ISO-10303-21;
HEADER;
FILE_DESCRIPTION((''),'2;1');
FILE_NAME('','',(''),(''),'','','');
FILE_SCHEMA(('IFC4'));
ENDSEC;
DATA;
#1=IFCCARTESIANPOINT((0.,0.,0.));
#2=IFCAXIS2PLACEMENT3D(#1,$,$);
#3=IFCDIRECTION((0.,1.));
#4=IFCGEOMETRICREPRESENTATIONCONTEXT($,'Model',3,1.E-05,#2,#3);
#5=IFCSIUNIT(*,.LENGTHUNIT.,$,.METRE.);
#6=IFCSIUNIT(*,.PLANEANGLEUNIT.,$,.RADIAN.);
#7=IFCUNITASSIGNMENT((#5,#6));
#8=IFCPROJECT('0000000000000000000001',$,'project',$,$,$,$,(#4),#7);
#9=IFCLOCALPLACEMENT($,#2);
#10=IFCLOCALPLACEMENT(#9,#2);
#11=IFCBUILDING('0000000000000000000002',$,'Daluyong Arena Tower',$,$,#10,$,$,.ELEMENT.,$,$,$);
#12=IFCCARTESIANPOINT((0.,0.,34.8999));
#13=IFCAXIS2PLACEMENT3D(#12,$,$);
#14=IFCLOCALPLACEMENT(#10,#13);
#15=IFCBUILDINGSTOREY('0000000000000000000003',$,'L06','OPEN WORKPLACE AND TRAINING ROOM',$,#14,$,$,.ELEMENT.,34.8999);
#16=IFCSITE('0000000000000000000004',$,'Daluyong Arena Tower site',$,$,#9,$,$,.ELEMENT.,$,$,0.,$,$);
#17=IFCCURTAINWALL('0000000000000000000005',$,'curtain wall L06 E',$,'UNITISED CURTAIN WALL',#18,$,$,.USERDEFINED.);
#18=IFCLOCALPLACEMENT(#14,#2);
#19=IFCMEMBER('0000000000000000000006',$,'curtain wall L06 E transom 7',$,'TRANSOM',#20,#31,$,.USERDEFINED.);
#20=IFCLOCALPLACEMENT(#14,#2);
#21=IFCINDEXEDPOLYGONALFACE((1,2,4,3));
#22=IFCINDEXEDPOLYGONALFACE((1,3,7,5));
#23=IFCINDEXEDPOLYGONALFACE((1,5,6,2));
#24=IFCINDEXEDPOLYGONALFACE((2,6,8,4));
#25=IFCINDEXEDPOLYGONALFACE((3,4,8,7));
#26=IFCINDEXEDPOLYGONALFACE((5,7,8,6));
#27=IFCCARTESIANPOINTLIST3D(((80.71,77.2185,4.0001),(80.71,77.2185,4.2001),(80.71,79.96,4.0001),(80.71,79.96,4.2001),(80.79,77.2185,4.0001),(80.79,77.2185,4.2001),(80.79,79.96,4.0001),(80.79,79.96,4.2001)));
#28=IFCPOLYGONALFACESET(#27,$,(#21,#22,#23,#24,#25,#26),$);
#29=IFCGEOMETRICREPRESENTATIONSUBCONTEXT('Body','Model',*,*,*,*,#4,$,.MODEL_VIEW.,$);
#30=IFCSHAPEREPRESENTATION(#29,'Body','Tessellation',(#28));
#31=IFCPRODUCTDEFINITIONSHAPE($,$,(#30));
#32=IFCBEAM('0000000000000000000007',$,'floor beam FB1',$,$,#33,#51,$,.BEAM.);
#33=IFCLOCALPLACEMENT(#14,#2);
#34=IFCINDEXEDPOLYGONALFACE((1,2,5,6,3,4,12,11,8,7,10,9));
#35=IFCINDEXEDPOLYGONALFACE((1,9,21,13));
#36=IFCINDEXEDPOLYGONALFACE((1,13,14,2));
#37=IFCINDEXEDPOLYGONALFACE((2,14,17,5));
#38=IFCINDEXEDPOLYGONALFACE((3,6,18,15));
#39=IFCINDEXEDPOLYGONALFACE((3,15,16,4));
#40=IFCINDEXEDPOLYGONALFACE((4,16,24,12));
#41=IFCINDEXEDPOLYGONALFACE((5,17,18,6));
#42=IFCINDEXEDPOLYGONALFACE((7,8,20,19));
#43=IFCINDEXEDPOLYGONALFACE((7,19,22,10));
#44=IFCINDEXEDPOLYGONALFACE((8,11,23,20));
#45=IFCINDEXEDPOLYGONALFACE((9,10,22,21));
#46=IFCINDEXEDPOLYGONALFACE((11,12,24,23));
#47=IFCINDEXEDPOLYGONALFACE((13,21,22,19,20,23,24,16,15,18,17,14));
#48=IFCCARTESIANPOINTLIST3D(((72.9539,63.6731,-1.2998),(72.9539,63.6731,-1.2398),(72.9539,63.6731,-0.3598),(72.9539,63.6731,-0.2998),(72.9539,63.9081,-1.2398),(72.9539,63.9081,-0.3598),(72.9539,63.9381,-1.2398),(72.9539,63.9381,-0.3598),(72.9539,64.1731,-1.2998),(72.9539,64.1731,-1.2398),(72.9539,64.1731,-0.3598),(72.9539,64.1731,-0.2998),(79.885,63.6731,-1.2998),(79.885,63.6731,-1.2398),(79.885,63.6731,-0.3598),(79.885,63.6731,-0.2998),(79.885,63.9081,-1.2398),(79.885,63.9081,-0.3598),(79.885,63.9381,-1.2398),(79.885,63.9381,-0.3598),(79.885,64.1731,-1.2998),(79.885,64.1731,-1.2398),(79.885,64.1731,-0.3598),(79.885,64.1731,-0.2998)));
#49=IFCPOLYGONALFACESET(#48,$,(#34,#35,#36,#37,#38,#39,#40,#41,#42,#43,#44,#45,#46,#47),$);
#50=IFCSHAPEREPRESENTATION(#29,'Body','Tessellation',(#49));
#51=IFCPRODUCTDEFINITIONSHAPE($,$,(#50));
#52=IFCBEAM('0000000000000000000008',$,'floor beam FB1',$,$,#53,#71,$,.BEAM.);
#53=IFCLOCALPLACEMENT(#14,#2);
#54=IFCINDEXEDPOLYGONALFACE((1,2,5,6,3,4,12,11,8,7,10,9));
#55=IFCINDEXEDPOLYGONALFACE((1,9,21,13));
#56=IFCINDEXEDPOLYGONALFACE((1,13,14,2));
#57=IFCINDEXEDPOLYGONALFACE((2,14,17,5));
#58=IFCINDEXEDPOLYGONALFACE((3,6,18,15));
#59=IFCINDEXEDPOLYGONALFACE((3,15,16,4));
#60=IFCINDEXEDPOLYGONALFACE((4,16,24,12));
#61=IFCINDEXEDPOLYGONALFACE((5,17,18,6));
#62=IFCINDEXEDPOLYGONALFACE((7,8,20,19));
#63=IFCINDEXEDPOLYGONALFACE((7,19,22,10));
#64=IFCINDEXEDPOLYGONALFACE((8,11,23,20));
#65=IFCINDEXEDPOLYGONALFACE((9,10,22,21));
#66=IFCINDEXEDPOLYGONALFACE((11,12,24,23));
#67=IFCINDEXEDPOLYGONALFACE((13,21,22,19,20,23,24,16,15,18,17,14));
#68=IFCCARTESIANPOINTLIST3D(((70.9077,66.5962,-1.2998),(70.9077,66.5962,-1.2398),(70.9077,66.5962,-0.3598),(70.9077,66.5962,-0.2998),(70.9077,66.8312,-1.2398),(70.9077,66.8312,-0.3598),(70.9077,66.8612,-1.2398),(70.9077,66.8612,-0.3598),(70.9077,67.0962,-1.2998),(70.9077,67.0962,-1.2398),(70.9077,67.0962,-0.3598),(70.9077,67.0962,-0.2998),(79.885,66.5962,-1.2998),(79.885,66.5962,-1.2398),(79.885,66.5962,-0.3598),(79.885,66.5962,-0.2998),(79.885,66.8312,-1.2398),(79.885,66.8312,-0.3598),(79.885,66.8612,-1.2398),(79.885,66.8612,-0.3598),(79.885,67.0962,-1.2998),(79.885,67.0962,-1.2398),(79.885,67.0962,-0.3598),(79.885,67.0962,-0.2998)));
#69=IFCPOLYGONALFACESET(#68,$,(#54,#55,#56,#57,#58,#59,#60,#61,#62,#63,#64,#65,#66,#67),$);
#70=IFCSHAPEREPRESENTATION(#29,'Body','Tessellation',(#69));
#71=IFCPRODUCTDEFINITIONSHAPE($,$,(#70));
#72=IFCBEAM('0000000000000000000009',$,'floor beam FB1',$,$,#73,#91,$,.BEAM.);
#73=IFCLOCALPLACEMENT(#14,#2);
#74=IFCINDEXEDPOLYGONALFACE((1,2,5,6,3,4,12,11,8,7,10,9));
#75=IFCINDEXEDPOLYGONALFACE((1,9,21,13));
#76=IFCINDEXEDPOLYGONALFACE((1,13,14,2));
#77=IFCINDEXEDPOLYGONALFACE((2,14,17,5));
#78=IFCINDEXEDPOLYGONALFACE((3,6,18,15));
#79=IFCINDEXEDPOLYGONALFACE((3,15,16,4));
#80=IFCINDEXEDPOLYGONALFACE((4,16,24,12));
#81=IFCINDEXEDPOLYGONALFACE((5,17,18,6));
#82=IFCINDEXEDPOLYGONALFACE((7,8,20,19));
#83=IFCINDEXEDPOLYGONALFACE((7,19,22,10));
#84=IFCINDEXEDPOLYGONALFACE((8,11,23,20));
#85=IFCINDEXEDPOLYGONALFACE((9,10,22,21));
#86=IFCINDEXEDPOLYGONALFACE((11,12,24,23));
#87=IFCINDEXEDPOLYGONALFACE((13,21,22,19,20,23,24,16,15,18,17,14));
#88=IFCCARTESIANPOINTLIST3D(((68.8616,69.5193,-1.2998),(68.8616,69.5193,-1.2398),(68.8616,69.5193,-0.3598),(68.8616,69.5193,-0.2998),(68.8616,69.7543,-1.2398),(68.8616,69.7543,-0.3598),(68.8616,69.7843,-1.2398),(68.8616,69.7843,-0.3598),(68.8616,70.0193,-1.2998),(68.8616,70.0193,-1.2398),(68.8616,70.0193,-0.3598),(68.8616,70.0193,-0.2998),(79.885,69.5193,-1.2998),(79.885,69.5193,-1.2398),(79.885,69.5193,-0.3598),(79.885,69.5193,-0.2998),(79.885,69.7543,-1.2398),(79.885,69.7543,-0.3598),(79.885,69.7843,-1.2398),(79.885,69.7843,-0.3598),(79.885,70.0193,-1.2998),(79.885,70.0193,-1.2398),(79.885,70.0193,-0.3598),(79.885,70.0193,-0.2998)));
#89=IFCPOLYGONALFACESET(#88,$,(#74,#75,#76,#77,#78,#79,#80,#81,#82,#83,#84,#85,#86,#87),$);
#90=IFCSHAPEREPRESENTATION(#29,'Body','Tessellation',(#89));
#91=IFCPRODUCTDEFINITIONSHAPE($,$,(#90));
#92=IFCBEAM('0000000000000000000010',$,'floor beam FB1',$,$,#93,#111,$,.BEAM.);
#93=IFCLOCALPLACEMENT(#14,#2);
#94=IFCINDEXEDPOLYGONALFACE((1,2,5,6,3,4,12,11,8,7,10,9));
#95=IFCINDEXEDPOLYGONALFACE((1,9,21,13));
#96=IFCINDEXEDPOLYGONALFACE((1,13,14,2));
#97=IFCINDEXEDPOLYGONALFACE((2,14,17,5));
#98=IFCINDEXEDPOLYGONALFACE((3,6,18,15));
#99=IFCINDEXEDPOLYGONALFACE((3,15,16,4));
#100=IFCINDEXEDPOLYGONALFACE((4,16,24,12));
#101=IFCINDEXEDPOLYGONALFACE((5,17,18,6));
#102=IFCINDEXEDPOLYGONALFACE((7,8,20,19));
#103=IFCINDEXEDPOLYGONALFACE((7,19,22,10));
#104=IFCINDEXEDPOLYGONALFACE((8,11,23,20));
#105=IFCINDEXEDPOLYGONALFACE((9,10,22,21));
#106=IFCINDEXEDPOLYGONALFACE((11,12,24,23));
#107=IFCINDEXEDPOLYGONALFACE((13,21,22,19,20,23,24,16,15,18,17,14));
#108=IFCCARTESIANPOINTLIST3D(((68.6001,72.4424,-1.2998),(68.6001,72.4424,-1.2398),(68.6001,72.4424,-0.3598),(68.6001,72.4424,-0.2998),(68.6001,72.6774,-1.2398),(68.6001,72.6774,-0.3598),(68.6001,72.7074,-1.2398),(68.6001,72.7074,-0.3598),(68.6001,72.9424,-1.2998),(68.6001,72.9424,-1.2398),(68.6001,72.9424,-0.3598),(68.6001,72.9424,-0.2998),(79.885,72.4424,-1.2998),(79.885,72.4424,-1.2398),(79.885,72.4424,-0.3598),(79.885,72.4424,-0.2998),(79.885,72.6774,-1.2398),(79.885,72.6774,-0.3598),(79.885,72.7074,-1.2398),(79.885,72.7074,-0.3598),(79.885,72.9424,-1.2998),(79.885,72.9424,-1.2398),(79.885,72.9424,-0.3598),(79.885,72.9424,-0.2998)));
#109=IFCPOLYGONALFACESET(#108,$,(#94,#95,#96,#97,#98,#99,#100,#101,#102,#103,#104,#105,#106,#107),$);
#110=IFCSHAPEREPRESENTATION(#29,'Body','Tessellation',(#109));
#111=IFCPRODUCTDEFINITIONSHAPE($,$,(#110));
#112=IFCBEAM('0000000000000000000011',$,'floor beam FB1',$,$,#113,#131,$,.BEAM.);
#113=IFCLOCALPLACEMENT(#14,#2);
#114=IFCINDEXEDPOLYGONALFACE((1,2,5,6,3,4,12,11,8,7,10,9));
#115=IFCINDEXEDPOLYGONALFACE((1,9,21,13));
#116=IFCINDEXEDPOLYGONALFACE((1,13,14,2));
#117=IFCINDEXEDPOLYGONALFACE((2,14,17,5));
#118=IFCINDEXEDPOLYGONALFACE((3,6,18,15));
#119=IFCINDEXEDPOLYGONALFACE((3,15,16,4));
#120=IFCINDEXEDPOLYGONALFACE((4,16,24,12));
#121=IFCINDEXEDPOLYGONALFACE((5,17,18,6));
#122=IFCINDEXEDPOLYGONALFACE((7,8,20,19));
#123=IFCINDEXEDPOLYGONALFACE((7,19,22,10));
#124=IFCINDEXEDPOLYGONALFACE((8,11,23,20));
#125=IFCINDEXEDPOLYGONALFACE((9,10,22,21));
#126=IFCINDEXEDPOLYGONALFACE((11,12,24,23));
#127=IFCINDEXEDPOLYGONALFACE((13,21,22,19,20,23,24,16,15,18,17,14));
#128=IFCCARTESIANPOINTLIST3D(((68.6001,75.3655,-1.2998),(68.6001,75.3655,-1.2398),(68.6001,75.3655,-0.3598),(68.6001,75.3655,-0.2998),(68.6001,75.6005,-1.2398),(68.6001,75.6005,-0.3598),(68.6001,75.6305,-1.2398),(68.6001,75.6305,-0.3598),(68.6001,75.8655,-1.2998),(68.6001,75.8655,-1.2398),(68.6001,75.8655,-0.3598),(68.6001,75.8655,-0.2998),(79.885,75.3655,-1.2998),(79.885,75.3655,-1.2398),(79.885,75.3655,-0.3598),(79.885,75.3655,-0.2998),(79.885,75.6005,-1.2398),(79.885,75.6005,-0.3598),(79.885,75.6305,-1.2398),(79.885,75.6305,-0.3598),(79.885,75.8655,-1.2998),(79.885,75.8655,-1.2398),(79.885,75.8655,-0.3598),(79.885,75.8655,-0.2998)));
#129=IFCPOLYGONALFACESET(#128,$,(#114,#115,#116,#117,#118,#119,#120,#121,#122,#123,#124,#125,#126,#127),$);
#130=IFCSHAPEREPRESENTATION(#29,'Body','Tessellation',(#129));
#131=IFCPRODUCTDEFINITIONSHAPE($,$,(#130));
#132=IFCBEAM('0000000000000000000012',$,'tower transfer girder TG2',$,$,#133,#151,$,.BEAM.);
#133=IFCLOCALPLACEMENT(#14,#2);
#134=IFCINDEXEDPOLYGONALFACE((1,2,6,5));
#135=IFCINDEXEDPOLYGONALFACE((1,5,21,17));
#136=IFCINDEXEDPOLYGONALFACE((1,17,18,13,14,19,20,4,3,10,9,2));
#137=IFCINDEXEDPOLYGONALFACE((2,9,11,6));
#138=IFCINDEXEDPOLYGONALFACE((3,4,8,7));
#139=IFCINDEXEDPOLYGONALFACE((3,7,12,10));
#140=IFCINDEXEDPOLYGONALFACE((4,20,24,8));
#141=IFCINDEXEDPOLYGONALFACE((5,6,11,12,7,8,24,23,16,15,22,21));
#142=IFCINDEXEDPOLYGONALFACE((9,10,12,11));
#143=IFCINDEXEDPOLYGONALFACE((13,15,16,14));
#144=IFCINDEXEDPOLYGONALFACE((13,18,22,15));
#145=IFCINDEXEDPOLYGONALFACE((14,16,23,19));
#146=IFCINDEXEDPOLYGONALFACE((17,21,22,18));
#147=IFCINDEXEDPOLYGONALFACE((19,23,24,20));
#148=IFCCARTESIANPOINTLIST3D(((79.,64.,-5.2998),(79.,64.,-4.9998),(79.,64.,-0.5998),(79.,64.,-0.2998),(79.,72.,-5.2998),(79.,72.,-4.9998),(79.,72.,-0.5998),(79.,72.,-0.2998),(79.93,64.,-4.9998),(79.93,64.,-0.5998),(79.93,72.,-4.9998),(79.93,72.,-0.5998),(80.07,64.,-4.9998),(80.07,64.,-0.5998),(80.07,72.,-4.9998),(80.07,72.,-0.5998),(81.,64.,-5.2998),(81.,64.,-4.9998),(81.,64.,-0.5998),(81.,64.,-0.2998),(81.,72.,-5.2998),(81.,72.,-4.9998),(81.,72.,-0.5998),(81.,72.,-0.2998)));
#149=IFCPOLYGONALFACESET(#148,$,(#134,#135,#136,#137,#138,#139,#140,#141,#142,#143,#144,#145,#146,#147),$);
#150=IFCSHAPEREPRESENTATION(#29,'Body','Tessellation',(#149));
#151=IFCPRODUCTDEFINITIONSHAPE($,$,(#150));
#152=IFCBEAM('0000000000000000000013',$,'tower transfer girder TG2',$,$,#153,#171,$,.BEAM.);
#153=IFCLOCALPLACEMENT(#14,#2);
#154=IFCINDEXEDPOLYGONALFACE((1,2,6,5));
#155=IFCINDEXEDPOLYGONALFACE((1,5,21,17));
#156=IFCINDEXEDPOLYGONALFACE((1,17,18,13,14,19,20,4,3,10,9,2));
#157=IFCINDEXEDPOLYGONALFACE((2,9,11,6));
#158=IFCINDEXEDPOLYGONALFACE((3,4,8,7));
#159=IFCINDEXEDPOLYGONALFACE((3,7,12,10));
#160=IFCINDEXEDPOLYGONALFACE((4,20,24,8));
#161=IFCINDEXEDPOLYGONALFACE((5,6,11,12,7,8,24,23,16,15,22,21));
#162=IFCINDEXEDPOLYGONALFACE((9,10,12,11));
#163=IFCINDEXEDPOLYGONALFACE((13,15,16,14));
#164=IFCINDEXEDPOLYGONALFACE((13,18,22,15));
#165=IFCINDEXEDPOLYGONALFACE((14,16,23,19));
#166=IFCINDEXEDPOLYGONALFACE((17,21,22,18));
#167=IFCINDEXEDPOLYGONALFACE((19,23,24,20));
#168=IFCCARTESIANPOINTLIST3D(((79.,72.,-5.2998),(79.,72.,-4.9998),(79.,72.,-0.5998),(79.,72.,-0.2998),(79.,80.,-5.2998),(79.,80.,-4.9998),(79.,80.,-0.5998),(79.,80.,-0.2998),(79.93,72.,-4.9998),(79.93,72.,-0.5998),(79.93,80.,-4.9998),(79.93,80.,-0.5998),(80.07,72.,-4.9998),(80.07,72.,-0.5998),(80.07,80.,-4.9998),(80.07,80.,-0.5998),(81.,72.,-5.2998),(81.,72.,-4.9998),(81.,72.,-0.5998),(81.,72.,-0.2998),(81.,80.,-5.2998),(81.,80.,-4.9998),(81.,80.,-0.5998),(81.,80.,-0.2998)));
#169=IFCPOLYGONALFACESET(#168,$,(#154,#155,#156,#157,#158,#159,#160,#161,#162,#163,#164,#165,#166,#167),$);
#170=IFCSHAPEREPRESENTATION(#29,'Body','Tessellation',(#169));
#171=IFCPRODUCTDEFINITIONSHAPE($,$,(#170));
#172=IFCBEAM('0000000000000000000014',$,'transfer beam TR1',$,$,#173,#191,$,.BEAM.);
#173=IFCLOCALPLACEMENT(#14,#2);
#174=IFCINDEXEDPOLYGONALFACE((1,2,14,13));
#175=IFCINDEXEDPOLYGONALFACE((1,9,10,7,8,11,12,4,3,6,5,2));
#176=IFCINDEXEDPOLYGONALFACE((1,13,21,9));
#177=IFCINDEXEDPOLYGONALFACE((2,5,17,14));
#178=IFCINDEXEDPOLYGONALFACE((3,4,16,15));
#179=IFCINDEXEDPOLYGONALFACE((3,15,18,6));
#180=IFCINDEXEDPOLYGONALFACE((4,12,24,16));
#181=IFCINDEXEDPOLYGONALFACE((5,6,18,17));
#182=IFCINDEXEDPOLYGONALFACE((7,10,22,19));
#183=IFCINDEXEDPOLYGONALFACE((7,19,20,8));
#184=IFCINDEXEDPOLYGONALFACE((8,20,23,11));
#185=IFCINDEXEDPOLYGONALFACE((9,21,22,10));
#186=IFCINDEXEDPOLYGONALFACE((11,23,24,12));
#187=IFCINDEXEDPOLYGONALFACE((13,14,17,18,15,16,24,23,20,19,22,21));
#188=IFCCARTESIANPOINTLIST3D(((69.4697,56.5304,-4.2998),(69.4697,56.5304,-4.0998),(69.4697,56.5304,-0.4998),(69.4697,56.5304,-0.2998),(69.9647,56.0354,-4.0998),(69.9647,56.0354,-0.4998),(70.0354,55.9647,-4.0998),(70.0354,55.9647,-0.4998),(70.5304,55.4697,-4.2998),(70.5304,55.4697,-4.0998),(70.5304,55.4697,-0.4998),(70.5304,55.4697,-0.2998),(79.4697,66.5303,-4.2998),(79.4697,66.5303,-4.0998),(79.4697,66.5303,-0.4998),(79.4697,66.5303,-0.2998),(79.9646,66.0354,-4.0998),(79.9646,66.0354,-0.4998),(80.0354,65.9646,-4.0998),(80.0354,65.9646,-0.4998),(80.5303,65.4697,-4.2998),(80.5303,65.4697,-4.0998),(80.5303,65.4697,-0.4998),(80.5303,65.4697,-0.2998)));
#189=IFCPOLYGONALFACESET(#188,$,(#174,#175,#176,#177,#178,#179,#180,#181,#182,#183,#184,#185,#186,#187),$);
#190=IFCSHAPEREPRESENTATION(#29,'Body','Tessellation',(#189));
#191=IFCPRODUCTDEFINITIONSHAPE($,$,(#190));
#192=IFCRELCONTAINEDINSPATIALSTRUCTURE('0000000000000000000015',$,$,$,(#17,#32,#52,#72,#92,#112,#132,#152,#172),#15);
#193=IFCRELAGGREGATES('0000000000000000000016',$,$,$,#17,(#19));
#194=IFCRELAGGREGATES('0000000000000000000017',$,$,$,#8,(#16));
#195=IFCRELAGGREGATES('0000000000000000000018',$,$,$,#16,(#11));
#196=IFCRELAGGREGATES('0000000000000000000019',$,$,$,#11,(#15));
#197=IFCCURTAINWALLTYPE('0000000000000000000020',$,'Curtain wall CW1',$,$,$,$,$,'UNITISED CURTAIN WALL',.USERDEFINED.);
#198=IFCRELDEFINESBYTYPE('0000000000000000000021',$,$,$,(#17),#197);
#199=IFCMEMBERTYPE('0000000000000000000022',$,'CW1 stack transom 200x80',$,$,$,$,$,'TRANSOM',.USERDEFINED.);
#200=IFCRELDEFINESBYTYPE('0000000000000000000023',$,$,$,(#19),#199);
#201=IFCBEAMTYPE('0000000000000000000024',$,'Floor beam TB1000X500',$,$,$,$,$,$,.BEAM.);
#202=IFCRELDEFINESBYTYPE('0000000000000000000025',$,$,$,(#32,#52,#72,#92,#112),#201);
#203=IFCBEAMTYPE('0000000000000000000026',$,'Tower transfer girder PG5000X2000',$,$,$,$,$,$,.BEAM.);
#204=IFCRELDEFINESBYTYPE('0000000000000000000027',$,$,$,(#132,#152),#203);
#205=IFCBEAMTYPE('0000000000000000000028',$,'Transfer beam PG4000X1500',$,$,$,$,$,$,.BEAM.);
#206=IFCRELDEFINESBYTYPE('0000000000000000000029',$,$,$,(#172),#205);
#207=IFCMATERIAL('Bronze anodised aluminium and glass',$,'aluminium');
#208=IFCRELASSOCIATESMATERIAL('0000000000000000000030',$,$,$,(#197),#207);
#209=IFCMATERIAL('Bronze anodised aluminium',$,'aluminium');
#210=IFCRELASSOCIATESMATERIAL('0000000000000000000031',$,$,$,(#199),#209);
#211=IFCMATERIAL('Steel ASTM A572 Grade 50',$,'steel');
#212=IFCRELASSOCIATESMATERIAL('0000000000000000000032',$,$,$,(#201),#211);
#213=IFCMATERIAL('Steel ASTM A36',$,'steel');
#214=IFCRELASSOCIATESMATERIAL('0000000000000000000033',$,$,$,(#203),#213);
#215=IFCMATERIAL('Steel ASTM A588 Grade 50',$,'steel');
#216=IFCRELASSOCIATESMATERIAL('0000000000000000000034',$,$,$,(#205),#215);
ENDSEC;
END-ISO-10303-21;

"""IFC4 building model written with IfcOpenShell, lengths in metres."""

from ifc_helpers import new_model, si_unit, direction, frame, origin, origin_2d, place, context, subcontext, project, spatial, rectangle, i_section, extrude, material, material_profile, profile_set, type_object, element, aggregate, save


model = new_model("IFC4")

# Units and contexts
model_context = context("Model", 3, precision=1e-05, world=origin(), true_north=direction((0.0, 1.0)))
body_context = subcontext(model_context, "Body", "Model", "MODEL_VIEW")
ifc_project = project(units=[si_unit("LENGTHUNIT", "METRE"), si_unit("PLANEANGLEUNIT", "RADIAN")], contexts=[model_context])

# Site, building, storey
site_placement = place(None, origin())
site = spatial("IfcSite", under=ifc_project, at=site_placement, Name="Daluyong Arena Tower site", CompositionType="ELEMENT", RefElevation=0.0)
building_placement = place(site_placement, origin())
building = spatial("IfcBuilding", under=site, at=building_placement, Name="Daluyong Arena Tower", CompositionType="ELEMENT")
storey_placement = place(building_placement, frame((0.0, 0.0, 34.8999)))
storey = spatial("IfcBuildingStorey", under=building, at=storey_placement, Name="L06", Description="OPEN WORKPLACE AND TRAINING ROOM", CompositionType="ELEMENT", Elevation=34.8999)

# Curtain wall, member
ifc_material_1 = material(Name="Bronze anodised aluminium and glass", Category="aluminium")
curtain_wall_type = type_object("IfcCurtainWallType", Name="Curtain wall CW1", ElementType="UNITISED CURTAIN WALL", PredefinedType="USERDEFINED", material=ifc_material_1)
curtain_wall_placement = place(storey_placement, origin())
curtain_wall = element("IfcCurtainWall", 1, at=curtain_wall_placement, inside=storey, type_object=curtain_wall_type, Name="curtain wall L06 E", ObjectType="UNITISED CURTAIN WALL", PredefinedType="USERDEFINED")
ifc_material_2 = material(Name="Bronze anodised aluminium", Category="aluminium")
ifc_material_profile_1 = material_profile(ifc_material_2, rectangle(XDim=0.0801, YDim=0.2, at=origin_2d()))
ifc_profile_set_1 = profile_set([ifc_material_profile_1], Name="Bronze anodised aluminium")
member_type_1 = type_object("IfcMemberType", Name="CW1 stack transom 200x80", ElementType="TRANSOM", PredefinedType="USERDEFINED", material=ifc_profile_set_1)
member_1_placement = place(storey_placement, frame((80.75, 77.2185, 4.1001), z_axis=(0.0, 1.0, 0.0), x_axis=(-1.0, 0.0, 0.0)))
member_1 = element("IfcMember", 2, at=member_1_placement, type_object=member_type_1, Name="curtain wall L06 E transom 7", ObjectType="TRANSOM", PredefinedType="USERDEFINED", context=body_context, shape_type="SweptSolid", body=[
    extrude(rectangle(XDim=0.0801, YDim=0.2, at=origin_2d()), origin(), (0.0, 0.0, 1.0), 2.7415),
])

# Beams
ifc_material_3 = material(Name="Steel ASTM A572 Grade 50", Category="steel")
ifc_material_profile_2 = material_profile(ifc_material_3, i_section(OverallWidth=0.5, OverallDepth=1.0, WebThickness=0.03, FlangeThickness=0.06, at=origin_2d()))
ifc_profile_set_2 = profile_set([ifc_material_profile_2], Name="Steel ASTM A572 Grade 50")
beam_type_1 = type_object("IfcBeamType", Name="Floor beam TB1000X500", PredefinedType="BEAM", material=ifc_profile_set_2)
beam_1_placement = place(storey_placement, frame((79.885, 63.9231, -0.7998), z_axis=(-1.0, 0.0, 0.0), x_axis=(0.0, -1.0, 0.0)))
element("IfcBeam", 3, at=beam_1_placement, inside=storey, type_object=beam_type_1, Name="floor beam FB1", PredefinedType="BEAM", context=body_context, shape_type="SweptSolid", body=[
    extrude(i_section(OverallWidth=0.5, OverallDepth=1.0, WebThickness=0.03, FlangeThickness=0.06, at=origin_2d()), origin(), (0.0, 0.0, 1.0), 6.9312),
])
beam_2_placement = place(storey_placement, frame((79.885, 66.8462, -0.7998), z_axis=(-1.0, 0.0, 0.0), x_axis=(0.0, -1.0, 0.0)))
element("IfcBeam", 4, at=beam_2_placement, inside=storey, type_object=beam_type_1, Name="floor beam FB1", PredefinedType="BEAM", context=body_context, shape_type="SweptSolid", body=[
    extrude(i_section(OverallWidth=0.5, OverallDepth=1.0, WebThickness=0.03, FlangeThickness=0.06, at=origin_2d()), origin(), (0.0, 0.0, 1.0), 8.9773),
])
beam_3_placement = place(storey_placement, frame((79.885, 69.7693, -0.7998), z_axis=(-1.0, 0.0, 0.0), x_axis=(0.0, -1.0, 0.0)))
element("IfcBeam", 5, at=beam_3_placement, inside=storey, type_object=beam_type_1, Name="floor beam FB1", PredefinedType="BEAM", context=body_context, shape_type="SweptSolid", body=[
    extrude(i_section(OverallWidth=0.5, OverallDepth=1.0, WebThickness=0.03, FlangeThickness=0.06, at=origin_2d()), origin(), (0.0, 0.0, 1.0), 11.0234),
])
for number, where, z_axis, x_axis, name in (
    (6, (79.885, 72.6924, -0.7998), (-1.0, 0.0, 0.0), (0.0, -1.0, 0.0), "floor beam FB1"),
    (7, (79.885, 75.6155, -0.7998), (-1.0, 0.0, 0.0), (0.0, -1.0, 0.0), "floor beam FB1"),
):
    element("IfcBeam", number, at=place(storey_placement, frame(where, z_axis=z_axis, x_axis=x_axis)), inside=storey, type_object=beam_type_1, Name=name, PredefinedType="BEAM", context=body_context, shape_type="SweptSolid", body=[
        extrude(i_section(OverallWidth=0.5, OverallDepth=1.0, WebThickness=0.03, FlangeThickness=0.06, at=origin_2d()), origin(), (0.0, 0.0, 1.0), 11.2849),
    ])
ifc_material_4 = material(Name="Steel ASTM A36", Category="steel")
ifc_material_profile_3 = material_profile(ifc_material_4, i_section(OverallWidth=2.0, OverallDepth=5.0, WebThickness=0.14, FlangeThickness=0.3, at=origin_2d()))
ifc_profile_set_3 = profile_set([ifc_material_profile_3], Name="Steel ASTM A36")
beam_type_2 = type_object("IfcBeamType", Name="Tower transfer girder PG5000X2000", PredefinedType="BEAM", material=ifc_profile_set_3)
for number, where, z_axis, x_axis, name in (
    (8, (80.0, 64.0, -2.7998), (0.0, 1.0, 0.0), (-1.0, 0.0, 0.0), "tower transfer girder TG2"),
    (9, (80.0, 72.0, -2.7998), (0.0, 1.0, 0.0), (-1.0, 0.0, 0.0), "tower transfer girder TG2"),
):
    element("IfcBeam", number, at=place(storey_placement, frame(where, z_axis=z_axis, x_axis=x_axis)), inside=storey, type_object=beam_type_2, Name=name, PredefinedType="BEAM", context=body_context, shape_type="SweptSolid", body=[
        extrude(i_section(OverallWidth=2.0, OverallDepth=5.0, WebThickness=0.14, FlangeThickness=0.3, at=origin_2d()), origin(), (0.0, 0.0, 1.0), 8.0),
    ])
ifc_material_5 = material(Name="Steel ASTM A588 Grade 50", Category="steel")
ifc_material_profile_4 = material_profile(ifc_material_5, i_section(OverallWidth=1.5, OverallDepth=4.0, WebThickness=0.1, FlangeThickness=0.2, at=origin_2d()))
ifc_profile_set_4 = profile_set([ifc_material_profile_4], Name="Steel ASTM A588 Grade 50")
beam_type_3 = type_object("IfcBeamType", Name="Transfer beam PG4000X1500", PredefinedType="BEAM", material=ifc_profile_set_4)
beam_4_placement = place(storey_placement, frame((80.0, 66.0, -2.2998), z_axis=(-0.707107, -0.707107, 0.0), x_axis=(0.707107, -0.707107, 0.0)))
element("IfcBeam", 10, at=beam_4_placement, inside=storey, type_object=beam_type_3, Name="transfer beam TR1", PredefinedType="BEAM", context=body_context, shape_type="SweptSolid", body=[
    extrude(i_section(OverallWidth=1.5, OverallDepth=4.0, WebThickness=0.1, FlangeThickness=0.2, at=origin_2d()), origin(), (0.0, 0.0, 1.0), 14.1421),
])

aggregate(curtain_wall, [member_1])

save(model, "model.ifc")
